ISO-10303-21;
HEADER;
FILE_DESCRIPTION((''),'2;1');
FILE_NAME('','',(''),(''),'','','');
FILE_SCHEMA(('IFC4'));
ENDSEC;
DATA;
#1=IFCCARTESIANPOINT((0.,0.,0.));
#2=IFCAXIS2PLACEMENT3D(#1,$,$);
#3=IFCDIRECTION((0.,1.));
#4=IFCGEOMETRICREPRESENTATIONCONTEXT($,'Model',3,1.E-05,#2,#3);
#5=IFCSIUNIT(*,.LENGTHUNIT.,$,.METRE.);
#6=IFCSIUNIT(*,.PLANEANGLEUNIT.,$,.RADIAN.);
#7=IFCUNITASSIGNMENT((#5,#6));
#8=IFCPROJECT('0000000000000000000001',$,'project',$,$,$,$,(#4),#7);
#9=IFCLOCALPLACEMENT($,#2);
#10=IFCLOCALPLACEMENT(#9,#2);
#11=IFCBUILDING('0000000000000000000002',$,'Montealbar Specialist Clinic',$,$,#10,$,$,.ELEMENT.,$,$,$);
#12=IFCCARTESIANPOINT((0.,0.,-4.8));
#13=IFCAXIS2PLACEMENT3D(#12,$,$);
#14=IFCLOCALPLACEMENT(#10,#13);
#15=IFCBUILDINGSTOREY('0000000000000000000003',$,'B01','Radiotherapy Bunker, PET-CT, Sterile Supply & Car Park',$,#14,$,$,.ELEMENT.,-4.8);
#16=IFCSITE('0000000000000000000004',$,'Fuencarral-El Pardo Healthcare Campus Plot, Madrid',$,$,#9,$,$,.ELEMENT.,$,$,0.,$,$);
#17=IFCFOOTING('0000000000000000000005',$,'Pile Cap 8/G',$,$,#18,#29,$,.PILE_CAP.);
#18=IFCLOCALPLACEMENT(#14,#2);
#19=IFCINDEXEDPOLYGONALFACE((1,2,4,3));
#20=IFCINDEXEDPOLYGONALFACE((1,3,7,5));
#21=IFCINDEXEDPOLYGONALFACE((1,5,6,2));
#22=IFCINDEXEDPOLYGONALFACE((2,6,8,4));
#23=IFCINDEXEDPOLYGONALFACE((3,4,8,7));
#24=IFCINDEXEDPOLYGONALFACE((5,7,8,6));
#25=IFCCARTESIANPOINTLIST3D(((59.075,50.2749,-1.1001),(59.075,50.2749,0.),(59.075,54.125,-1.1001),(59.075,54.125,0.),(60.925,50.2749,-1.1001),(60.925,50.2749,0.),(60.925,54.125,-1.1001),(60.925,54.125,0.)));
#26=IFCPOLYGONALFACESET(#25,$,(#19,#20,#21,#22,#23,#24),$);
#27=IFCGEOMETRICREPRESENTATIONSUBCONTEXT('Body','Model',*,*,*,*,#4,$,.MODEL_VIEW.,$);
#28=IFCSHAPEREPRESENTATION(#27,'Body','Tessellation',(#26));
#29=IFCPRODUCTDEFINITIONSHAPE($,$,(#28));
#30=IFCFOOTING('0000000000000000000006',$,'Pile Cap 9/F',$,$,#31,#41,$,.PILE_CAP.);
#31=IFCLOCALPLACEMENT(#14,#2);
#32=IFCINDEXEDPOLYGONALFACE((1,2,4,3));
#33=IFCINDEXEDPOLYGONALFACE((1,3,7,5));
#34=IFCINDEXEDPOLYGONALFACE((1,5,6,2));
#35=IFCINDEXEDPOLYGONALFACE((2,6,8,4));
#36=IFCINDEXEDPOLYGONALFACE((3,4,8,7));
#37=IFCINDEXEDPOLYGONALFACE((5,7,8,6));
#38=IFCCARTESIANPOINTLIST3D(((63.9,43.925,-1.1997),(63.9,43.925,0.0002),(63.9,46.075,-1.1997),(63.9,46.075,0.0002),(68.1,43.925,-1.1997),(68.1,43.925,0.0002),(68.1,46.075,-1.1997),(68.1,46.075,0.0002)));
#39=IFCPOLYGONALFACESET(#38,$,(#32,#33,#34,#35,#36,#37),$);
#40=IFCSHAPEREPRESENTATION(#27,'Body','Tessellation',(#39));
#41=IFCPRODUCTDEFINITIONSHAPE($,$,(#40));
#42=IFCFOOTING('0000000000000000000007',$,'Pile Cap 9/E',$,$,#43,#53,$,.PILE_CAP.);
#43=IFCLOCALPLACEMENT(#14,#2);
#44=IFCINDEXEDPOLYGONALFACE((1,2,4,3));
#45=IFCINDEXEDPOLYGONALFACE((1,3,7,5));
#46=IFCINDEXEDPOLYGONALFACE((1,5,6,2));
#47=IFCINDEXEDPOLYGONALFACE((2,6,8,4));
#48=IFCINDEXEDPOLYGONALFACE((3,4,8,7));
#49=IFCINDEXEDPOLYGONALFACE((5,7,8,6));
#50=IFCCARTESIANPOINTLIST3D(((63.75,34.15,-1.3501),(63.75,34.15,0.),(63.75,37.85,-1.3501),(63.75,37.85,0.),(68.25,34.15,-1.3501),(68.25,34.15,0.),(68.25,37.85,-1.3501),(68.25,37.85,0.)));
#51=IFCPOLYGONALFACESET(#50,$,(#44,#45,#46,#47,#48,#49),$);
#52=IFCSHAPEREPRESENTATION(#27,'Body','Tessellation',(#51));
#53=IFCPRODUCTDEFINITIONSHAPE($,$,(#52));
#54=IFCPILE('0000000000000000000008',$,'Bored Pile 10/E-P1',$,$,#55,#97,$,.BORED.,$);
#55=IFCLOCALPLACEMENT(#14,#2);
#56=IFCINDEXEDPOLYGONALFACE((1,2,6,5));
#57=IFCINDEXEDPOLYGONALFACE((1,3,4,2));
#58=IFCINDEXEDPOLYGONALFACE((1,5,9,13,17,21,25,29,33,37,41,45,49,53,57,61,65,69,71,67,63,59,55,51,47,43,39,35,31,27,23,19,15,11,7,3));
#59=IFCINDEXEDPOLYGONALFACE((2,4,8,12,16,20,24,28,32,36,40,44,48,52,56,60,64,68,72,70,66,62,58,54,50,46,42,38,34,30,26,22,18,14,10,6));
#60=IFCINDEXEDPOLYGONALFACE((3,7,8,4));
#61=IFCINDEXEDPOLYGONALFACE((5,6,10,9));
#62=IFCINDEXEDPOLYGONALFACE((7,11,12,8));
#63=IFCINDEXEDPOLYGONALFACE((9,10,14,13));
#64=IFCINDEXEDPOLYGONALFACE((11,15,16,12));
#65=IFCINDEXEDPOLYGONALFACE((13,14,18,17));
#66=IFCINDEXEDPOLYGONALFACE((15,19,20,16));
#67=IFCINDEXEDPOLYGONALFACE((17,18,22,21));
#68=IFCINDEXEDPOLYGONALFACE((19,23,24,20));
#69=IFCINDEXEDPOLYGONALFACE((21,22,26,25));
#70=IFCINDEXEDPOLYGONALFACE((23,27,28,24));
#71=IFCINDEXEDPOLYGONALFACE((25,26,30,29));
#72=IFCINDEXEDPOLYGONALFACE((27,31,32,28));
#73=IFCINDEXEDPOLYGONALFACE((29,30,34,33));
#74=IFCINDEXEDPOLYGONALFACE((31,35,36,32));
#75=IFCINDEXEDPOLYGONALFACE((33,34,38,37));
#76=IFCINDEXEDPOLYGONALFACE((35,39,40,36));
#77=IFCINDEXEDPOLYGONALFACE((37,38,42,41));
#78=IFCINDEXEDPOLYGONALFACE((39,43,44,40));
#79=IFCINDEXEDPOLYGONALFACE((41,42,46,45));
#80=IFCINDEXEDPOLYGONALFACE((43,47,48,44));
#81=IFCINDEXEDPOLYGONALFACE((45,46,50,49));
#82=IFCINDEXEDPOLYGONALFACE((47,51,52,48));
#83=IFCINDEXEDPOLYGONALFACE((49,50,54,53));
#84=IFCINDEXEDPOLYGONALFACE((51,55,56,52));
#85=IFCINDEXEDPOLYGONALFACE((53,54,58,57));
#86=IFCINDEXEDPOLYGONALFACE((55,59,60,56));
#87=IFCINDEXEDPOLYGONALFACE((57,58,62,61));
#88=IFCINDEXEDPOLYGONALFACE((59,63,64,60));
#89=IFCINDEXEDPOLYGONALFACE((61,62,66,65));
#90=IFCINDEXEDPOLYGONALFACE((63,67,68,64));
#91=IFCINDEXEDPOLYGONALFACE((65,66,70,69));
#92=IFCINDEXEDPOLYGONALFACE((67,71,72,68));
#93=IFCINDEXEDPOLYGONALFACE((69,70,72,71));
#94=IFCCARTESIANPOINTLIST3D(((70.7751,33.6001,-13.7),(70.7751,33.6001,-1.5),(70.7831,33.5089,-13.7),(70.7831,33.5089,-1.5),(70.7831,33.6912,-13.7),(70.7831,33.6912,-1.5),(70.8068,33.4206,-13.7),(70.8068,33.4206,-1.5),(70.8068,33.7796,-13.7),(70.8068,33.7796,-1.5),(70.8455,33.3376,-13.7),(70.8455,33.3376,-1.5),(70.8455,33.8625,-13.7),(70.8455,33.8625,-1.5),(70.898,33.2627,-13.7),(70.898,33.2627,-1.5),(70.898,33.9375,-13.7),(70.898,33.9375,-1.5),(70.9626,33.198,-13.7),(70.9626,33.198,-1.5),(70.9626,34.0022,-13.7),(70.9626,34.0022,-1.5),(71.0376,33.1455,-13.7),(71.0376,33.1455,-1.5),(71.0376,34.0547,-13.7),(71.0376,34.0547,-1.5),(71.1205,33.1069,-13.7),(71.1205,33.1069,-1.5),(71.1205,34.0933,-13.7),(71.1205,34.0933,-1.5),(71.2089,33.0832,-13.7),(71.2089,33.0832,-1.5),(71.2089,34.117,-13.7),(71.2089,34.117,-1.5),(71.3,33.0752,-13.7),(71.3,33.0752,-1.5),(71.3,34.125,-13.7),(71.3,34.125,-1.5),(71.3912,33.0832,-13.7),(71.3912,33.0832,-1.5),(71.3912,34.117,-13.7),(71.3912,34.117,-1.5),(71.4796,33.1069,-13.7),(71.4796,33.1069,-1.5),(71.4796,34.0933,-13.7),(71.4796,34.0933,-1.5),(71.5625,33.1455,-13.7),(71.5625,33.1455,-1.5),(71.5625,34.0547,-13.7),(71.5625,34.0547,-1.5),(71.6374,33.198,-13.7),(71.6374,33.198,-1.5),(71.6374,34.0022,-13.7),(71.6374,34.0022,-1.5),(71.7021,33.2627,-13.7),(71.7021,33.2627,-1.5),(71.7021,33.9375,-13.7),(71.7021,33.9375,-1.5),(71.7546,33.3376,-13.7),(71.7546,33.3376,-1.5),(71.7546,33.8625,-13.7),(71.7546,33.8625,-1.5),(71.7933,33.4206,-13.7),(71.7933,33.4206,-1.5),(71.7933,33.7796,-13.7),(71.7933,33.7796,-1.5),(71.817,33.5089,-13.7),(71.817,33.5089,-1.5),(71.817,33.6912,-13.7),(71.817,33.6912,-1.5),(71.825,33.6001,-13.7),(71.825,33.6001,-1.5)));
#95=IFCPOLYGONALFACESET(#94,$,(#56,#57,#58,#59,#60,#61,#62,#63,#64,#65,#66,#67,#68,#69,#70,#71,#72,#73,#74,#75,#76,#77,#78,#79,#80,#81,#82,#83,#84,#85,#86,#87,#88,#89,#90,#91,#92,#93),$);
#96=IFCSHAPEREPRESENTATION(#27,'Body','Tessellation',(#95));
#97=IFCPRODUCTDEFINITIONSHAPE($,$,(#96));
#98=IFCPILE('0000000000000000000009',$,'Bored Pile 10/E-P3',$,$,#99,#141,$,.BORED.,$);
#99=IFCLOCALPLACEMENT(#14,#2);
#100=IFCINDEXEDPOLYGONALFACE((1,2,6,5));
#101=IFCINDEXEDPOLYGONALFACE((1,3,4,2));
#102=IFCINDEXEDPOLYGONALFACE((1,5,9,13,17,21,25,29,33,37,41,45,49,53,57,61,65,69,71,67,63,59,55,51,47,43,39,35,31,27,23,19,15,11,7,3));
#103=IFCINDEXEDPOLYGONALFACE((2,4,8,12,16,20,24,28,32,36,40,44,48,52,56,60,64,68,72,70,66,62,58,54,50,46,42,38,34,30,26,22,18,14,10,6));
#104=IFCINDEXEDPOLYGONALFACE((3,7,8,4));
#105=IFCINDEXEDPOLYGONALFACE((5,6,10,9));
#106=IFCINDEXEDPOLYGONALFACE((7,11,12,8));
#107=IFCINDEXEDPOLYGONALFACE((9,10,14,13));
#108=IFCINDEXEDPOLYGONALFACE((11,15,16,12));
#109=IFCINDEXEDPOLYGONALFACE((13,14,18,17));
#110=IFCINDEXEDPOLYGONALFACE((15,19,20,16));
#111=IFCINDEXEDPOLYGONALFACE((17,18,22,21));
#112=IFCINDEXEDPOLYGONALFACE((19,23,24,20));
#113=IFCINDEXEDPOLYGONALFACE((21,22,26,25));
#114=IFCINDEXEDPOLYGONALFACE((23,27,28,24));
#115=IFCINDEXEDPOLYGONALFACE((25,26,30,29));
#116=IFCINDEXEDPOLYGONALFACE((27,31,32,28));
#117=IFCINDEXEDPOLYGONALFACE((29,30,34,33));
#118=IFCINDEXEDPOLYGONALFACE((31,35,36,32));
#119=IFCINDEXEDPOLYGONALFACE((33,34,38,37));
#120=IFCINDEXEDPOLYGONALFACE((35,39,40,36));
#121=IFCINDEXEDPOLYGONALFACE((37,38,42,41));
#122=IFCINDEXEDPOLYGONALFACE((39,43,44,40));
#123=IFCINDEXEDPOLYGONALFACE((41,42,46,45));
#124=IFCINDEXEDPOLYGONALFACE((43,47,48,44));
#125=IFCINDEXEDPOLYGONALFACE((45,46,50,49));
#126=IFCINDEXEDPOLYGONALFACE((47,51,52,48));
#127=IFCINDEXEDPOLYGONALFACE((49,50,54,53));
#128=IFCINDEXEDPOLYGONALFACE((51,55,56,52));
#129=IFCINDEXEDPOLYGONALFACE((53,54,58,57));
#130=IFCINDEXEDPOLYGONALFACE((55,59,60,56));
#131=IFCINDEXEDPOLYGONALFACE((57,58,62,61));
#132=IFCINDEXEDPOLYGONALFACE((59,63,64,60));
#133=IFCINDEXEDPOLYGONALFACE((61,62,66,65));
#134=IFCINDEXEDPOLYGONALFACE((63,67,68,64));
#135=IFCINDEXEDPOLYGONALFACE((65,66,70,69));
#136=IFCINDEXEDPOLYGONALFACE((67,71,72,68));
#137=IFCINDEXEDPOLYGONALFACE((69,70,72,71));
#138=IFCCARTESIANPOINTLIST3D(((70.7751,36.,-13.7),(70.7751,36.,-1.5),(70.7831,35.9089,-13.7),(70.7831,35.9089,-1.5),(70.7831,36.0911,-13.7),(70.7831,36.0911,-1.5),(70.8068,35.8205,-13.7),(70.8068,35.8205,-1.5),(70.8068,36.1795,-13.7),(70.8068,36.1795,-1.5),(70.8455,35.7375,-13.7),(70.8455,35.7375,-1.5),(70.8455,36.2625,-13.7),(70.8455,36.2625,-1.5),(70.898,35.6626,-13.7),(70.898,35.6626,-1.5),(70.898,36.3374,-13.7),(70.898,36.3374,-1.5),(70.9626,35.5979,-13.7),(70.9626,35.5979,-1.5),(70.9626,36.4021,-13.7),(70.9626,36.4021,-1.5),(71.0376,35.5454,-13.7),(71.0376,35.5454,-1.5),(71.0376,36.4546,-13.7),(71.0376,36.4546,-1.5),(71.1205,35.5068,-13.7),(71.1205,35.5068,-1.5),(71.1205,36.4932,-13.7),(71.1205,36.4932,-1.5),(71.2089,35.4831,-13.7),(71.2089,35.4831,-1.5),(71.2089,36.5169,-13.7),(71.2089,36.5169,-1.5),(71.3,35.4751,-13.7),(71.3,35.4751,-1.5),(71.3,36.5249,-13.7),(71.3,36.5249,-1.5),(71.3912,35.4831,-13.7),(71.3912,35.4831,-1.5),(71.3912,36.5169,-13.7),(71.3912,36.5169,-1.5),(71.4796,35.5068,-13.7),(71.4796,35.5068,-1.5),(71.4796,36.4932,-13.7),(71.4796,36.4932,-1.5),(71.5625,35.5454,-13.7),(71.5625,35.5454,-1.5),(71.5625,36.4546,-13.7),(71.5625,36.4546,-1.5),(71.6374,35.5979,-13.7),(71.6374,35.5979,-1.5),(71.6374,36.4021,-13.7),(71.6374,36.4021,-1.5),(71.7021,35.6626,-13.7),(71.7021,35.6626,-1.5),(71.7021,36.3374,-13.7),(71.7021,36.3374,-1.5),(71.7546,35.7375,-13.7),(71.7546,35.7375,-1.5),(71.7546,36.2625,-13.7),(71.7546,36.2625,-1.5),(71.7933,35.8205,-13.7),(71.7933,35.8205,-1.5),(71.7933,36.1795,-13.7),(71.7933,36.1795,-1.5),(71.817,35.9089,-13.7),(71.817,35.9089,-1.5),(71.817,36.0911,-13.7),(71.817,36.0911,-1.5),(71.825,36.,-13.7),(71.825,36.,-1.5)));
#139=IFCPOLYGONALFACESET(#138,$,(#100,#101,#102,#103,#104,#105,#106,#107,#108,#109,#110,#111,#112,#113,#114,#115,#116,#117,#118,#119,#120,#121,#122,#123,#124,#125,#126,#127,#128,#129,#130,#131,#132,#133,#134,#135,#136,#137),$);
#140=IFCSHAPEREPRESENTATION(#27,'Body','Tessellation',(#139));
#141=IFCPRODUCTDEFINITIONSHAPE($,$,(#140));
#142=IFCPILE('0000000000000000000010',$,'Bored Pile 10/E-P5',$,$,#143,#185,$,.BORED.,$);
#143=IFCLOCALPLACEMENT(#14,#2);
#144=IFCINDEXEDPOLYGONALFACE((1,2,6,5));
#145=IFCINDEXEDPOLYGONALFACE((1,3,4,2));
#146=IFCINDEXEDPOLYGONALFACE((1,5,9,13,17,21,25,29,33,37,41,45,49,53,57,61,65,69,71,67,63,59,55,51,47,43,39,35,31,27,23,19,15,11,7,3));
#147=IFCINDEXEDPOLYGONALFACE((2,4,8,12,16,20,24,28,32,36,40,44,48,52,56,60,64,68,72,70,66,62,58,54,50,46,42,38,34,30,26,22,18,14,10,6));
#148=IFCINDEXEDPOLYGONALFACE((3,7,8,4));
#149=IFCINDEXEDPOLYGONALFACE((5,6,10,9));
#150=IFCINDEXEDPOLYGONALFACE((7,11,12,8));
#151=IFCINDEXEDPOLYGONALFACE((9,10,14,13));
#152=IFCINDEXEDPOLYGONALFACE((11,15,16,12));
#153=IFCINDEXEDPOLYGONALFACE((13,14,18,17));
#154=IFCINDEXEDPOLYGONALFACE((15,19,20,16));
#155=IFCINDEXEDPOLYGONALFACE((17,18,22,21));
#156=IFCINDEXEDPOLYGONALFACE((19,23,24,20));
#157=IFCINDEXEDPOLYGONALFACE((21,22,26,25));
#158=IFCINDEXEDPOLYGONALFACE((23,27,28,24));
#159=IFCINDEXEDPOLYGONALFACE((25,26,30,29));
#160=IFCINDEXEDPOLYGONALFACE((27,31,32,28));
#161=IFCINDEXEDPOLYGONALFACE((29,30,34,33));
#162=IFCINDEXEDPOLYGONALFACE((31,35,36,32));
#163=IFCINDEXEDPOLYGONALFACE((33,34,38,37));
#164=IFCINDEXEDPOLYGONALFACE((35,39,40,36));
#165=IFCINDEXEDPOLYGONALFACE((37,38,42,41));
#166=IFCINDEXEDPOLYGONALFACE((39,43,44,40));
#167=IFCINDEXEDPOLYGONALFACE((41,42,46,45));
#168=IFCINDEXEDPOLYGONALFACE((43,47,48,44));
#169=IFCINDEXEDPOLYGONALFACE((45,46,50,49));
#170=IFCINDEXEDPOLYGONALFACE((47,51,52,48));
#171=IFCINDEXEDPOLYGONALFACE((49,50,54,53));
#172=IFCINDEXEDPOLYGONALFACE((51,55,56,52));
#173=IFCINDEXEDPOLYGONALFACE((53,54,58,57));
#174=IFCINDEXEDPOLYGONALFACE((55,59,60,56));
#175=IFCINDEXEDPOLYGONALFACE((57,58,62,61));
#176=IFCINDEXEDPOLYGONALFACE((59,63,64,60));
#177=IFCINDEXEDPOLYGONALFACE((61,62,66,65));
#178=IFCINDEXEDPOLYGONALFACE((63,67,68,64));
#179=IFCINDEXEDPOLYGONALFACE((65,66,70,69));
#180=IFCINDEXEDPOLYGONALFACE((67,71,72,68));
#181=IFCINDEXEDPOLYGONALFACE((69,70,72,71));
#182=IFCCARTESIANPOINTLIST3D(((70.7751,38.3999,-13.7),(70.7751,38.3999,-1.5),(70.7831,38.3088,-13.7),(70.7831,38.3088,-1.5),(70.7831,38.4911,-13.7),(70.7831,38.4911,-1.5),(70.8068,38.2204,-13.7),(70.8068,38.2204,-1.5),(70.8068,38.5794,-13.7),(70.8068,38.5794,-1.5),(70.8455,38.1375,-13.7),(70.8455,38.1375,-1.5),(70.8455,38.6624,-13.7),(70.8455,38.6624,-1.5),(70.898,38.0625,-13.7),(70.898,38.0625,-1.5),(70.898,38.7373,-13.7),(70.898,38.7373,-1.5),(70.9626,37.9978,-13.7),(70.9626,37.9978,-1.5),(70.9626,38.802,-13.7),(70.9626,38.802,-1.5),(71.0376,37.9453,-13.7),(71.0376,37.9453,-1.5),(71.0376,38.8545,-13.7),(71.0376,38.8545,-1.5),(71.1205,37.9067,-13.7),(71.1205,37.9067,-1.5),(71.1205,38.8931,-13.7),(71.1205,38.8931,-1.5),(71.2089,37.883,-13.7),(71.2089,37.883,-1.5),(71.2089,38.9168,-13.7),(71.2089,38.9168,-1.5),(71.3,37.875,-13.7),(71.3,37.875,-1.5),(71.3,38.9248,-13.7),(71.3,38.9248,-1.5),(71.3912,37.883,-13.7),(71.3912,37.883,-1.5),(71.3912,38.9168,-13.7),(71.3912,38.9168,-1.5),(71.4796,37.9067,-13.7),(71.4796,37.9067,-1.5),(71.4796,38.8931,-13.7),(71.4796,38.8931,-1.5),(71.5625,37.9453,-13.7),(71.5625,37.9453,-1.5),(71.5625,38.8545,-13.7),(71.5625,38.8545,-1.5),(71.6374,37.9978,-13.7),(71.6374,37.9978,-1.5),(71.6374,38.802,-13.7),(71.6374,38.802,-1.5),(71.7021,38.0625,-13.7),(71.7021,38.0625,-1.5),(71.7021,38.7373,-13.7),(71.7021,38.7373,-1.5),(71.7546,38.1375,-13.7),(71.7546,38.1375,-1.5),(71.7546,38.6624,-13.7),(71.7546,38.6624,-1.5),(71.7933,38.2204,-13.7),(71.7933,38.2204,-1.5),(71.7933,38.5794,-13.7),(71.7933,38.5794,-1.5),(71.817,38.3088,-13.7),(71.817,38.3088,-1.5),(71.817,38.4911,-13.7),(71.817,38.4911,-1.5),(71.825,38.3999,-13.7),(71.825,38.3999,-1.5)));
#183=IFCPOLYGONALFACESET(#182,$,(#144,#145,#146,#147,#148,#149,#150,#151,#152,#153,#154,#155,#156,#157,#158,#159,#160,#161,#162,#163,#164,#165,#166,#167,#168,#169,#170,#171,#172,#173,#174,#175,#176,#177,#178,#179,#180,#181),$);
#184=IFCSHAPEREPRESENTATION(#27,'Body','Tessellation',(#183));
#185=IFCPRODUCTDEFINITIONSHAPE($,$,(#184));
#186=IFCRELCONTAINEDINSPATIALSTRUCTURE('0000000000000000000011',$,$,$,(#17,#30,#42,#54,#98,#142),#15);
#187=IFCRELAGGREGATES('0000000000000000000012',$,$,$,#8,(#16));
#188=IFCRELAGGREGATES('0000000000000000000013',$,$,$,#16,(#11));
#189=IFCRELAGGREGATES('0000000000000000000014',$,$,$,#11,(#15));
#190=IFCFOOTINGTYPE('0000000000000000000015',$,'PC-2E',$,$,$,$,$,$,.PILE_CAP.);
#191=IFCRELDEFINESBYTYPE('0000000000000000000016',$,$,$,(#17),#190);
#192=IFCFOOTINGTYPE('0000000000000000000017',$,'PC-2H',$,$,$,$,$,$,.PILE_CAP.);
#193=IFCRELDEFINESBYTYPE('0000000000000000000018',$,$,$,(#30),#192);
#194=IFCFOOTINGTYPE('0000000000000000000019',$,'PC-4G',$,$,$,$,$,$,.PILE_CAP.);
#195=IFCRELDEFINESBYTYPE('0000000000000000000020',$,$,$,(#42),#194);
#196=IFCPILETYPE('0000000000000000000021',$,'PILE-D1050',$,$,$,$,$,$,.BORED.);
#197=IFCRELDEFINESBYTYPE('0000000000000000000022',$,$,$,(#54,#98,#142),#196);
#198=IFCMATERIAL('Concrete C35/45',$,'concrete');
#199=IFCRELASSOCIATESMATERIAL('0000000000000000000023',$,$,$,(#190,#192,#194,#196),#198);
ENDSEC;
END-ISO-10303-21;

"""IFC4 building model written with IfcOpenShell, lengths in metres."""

from ifc_helpers import new_model, si_unit, direction, frame, origin, origin_2d, place, context, subcontext, project, spatial, rectangle, circle, extrude, material, material_profile, profile_set, type_object, element, save


model = new_model("IFC4")

# Units and contexts
model_context = context("Model", 3, precision=1e-05, world=origin(), true_north=direction((0.0, 1.0)))
body_context = subcontext(model_context, "Body", "Model", "MODEL_VIEW")
ifc_project = project(units=[si_unit("LENGTHUNIT", "METRE"), si_unit("PLANEANGLEUNIT", "RADIAN")], contexts=[model_context])

# Site, building, storey
site_placement = place(None, origin())
site = spatial("IfcSite", under=ifc_project, at=site_placement, Name="Fuencarral-El Pardo Healthcare Campus Plot, Madrid", CompositionType="ELEMENT", RefElevation=0.0)
building_placement = place(site_placement, origin())
building = spatial("IfcBuilding", under=site, at=building_placement, Name="Montealbar Specialist Clinic", CompositionType="ELEMENT")
storey_placement = place(building_placement, frame((0.0, 0.0, -4.8)))
storey = spatial("IfcBuildingStorey", under=building, at=storey_placement, Name="B01", Description="Radiotherapy Bunker, PET-CT, Sterile Supply & Car Park", CompositionType="ELEMENT", Elevation=-4.8)

# Footings
ifc_material_1 = material(Name="Concrete C35/45", Category="concrete")
footing_type_1 = type_object("IfcFootingType", Name="PC-2E", PredefinedType="PILE_CAP", material=ifc_material_1)
footing_1_placement = place(storey_placement, frame((60.0, 52.2, -1.1001), z_axis=(0.0, 0.0, 1.0), x_axis=(1.0, 0.0, 0.0)))
element("IfcFooting", 1, at=footing_1_placement, inside=storey, type_object=footing_type_1, Name="Pile Cap 8/G", PredefinedType="PILE_CAP", context=body_context, shape_type="SweptSolid", body=[
    extrude(rectangle(XDim=1.8501, YDim=3.8501, at=origin_2d()), origin(), (0.0, 0.0, 1.0), 1.1001),
])
footing_type_2 = type_object("IfcFootingType", Name="PC-2H", PredefinedType="PILE_CAP", material=ifc_material_1)
footing_2_placement = place(storey_placement, frame((66.0, 45.0, -1.1997), z_axis=(0.0, 0.0, 1.0), x_axis=(1.0, 0.0, 0.0)))
element("IfcFooting", 2, at=footing_2_placement, inside=storey, type_object=footing_type_2, Name="Pile Cap 9/F", PredefinedType="PILE_CAP", context=body_context, shape_type="SweptSolid", body=[
    extrude(rectangle(XDim=4.2, YDim=2.1499, at=origin_2d()), origin(), (0.0, 0.0, 1.0), 1.2),
])
footing_type_3 = type_object("IfcFootingType", Name="PC-4G", PredefinedType="PILE_CAP", material=ifc_material_1)
footing_3_placement = place(storey_placement, frame((66.0, 36.0, -1.3501), z_axis=(0.0, 0.0, 1.0), x_axis=(1.0, 0.0, 0.0)))
element("IfcFooting", 3, at=footing_3_placement, inside=storey, type_object=footing_type_3, Name="Pile Cap 9/E", PredefinedType="PILE_CAP", context=body_context, shape_type="SweptSolid", body=[
    extrude(rectangle(XDim=4.5, YDim=3.7, at=origin_2d()), origin(), (0.0, 0.0, 1.0), 1.3501),
])

# Piles
ifc_material_profile_1 = material_profile(ifc_material_1, circle(Radius=0.5249, at=origin_2d()), Name="PILE D1050", Category="concrete")
ifc_profile_set_1 = profile_set([ifc_material_profile_1], Name="Concrete C35/45")
pile_type_1 = type_object("IfcPileType", Name="PILE-D1050", PredefinedType="BORED", material=ifc_profile_set_1)
for number, where, z_axis, x_axis, name in (
    (4, (71.3, 33.6001, -1.5), (0.0, 0.0, -1.0), (1.0, 0.0, 0.0), "Bored Pile 10/E-P1"),
    (5, (71.3, 36.0, -1.5), (0.0, 0.0, -1.0), (1.0, 0.0, 0.0), "Bored Pile 10/E-P3"),
    (6, (71.3, 38.3999, -1.5), (0.0, 0.0, -1.0), (1.0, 0.0, 0.0), "Bored Pile 10/E-P5"),
):
    element("IfcPile", number, at=place(storey_placement, frame(where, z_axis=z_axis, x_axis=x_axis)), inside=storey, type_object=pile_type_1, Name=name, PredefinedType="BORED", context=body_context, shape_type="SweptSolid", body=[
        extrude(circle(Radius=0.5249, at=origin_2d()), origin(), (0.0, 0.0, 1.0), 12.2),
    ])

save(model, "model.ifc")
